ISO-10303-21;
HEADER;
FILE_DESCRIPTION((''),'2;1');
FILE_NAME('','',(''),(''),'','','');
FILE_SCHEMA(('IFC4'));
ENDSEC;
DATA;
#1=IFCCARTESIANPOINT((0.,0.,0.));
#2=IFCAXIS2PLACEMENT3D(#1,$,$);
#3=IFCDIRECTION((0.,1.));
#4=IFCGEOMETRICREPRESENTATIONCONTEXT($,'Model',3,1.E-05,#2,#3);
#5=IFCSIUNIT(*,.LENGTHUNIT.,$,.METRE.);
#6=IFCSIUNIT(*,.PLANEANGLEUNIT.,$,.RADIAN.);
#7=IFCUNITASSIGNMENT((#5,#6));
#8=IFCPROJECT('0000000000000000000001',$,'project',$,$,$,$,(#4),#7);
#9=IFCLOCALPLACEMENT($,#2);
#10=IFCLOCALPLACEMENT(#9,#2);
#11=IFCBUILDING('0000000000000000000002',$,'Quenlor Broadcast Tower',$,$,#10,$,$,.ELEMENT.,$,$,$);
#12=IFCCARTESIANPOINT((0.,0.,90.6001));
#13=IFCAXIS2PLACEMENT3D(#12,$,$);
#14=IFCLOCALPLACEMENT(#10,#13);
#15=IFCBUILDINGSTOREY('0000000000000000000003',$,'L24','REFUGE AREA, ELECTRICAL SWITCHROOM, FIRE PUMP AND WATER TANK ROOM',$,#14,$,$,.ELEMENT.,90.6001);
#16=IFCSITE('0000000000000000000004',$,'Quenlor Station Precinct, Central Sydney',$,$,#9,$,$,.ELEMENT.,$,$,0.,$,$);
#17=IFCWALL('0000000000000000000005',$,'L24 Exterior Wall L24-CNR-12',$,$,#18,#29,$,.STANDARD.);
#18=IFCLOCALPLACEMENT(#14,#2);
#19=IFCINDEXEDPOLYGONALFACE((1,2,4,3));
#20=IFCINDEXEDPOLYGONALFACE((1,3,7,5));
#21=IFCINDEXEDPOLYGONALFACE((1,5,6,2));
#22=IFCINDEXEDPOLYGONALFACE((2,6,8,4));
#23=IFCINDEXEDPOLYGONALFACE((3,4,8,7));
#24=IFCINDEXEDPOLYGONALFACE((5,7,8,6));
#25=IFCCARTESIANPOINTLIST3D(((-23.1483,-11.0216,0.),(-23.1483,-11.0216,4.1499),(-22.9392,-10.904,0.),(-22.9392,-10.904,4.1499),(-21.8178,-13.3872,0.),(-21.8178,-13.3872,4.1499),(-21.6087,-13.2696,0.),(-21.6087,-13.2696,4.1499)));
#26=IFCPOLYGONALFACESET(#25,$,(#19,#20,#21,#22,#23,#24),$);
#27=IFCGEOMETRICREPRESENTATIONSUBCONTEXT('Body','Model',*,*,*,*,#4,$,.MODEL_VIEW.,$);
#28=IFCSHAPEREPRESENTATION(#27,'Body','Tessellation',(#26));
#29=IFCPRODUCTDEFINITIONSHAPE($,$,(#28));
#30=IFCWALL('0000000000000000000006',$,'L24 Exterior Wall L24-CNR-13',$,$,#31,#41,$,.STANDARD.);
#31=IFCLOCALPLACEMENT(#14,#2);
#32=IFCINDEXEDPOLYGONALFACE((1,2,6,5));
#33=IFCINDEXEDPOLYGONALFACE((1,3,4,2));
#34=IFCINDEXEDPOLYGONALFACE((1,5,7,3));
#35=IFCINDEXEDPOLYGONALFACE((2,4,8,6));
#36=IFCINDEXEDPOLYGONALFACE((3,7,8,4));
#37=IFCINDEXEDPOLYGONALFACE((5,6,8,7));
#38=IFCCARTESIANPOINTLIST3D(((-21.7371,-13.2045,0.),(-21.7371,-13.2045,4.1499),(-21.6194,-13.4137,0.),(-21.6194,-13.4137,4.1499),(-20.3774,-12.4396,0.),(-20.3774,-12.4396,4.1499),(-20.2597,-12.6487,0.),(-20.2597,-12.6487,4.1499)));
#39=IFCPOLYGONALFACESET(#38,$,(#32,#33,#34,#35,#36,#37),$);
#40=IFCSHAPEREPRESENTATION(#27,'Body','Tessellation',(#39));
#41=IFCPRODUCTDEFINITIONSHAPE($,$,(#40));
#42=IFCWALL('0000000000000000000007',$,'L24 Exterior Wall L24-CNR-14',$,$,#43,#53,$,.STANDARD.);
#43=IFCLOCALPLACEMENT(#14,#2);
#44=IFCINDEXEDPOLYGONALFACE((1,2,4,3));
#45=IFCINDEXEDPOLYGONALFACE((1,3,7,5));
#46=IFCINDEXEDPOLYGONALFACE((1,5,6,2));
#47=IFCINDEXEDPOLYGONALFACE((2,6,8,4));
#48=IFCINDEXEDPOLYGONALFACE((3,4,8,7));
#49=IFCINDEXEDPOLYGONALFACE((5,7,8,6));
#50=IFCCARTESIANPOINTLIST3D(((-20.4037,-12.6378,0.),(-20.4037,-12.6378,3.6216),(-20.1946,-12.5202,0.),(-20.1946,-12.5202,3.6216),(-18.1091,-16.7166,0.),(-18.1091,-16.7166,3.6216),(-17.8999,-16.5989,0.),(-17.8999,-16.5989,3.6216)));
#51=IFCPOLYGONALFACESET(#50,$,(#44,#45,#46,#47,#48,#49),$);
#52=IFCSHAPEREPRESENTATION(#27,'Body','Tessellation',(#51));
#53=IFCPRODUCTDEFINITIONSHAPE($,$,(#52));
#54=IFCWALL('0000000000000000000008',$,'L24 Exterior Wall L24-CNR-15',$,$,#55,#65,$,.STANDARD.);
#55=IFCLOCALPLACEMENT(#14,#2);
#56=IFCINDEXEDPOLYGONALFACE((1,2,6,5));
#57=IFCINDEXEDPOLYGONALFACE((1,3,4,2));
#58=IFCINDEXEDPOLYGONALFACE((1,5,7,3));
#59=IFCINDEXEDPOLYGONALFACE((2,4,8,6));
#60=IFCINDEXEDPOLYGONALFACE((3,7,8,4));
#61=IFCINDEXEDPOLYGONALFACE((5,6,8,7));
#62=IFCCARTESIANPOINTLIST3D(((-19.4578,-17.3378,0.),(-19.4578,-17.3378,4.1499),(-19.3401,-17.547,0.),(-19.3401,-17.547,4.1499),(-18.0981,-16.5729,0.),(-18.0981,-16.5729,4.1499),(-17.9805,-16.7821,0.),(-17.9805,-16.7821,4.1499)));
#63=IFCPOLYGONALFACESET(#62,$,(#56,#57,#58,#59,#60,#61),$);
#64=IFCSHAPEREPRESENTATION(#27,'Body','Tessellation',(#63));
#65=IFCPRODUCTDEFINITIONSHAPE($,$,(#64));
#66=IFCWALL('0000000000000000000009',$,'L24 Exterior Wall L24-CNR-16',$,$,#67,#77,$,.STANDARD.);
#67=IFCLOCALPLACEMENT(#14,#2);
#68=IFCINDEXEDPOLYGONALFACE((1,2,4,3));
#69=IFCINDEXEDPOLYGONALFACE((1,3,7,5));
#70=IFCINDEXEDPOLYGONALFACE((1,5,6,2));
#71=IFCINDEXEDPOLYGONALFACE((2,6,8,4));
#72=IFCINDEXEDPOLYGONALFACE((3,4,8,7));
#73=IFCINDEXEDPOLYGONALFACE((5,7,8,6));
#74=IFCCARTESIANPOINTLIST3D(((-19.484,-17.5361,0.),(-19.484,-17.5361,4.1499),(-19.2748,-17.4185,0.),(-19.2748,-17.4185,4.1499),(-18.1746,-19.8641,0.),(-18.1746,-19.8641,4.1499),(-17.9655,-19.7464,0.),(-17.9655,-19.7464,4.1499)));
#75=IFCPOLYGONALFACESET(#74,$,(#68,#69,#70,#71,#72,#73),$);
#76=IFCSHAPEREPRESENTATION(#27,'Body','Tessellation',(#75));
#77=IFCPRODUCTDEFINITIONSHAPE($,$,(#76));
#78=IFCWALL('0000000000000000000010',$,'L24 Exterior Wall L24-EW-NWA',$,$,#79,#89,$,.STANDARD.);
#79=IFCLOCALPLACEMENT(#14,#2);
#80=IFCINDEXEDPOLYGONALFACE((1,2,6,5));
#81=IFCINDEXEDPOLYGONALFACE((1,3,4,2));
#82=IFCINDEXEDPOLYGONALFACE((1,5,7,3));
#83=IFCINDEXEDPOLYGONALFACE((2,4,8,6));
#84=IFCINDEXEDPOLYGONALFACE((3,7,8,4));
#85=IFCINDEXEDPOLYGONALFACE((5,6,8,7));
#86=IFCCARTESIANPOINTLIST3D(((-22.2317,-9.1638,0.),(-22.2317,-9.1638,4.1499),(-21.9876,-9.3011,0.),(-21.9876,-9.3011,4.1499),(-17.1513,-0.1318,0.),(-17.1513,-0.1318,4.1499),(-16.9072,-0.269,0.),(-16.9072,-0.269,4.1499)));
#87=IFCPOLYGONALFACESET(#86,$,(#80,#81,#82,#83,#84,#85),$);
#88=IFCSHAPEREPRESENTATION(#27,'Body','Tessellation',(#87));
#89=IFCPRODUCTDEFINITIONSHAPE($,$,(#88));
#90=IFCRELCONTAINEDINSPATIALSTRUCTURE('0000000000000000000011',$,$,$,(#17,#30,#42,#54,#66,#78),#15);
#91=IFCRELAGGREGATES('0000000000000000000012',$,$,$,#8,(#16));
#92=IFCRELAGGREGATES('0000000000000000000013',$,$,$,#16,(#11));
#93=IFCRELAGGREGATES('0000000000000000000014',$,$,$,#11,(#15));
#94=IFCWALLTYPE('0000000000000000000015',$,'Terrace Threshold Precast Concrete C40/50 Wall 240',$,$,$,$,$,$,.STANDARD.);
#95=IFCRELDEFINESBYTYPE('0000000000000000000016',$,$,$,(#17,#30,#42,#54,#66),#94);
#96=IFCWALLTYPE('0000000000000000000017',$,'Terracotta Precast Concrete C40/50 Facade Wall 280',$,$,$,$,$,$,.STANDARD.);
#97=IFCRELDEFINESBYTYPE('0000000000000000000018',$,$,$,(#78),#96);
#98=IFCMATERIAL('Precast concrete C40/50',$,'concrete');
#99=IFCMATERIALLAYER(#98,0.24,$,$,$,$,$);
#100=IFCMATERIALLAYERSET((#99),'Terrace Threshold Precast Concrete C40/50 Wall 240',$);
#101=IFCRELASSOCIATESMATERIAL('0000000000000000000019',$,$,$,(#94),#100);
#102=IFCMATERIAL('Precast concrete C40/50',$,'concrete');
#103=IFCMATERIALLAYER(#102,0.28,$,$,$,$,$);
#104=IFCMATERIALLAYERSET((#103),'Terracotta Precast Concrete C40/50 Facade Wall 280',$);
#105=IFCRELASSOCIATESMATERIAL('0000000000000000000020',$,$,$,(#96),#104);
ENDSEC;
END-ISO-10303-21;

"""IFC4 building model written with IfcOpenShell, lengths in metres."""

from ifc_helpers import new_model, si_unit, direction, frame, frame_2d, origin, place, context, subcontext, project, spatial, rectangle, extrude, material, layer, layer_set, type_object, element, save


model = new_model("IFC4")

# Units and contexts
model_context = context("Model", 3, precision=1e-05, world=origin(), true_north=direction((0.0, 1.0)))
body_context = subcontext(model_context, "Body", "Model", "MODEL_VIEW")
ifc_project = project(units=[si_unit("LENGTHUNIT", "METRE"), si_unit("PLANEANGLEUNIT", "RADIAN")], contexts=[model_context])

# Site, building, storey
site_placement = place(None, origin())
site = spatial("IfcSite", under=ifc_project, at=site_placement, Name="Quenlor Station Precinct, Central Sydney", CompositionType="ELEMENT", RefElevation=0.0)
building_placement = place(site_placement, origin())
building = spatial("IfcBuilding", under=site, at=building_placement, Name="Quenlor Broadcast Tower", CompositionType="ELEMENT")
storey_placement = place(building_placement, frame((0.0, 0.0, 90.6001)))
storey = spatial("IfcBuildingStorey", under=building, at=storey_placement, Name="L24", Description="REFUGE AREA, ELECTRICAL SWITCHROOM, FIRE PUMP AND WATER TANK ROOM", CompositionType="ELEMENT", Elevation=90.6001)

# Walls
ifc_material_1 = material(Name="Precast concrete C40/50", Category="concrete")
ifc_layer_1 = layer(ifc_material_1, 0.24)
ifc_layer_set_1 = layer_set([ifc_layer_1], Name="Terrace Threshold Precast Concrete C40/50 Wall 240")
wall_type_1 = type_object("IfcWallType", Name="Terrace Threshold Precast Concrete C40/50 Wall 240", PredefinedType="STANDARD", material=ifc_layer_set_1)
wall_1_placement = place(storey_placement, frame((-23.0437, -10.9629, 0.0), z_axis=(0.0, 0.0, 1.0), x_axis=(0.490219, -0.8716, 0.0)))
element("IfcWall", 1, at=wall_1_placement, inside=storey, type_object=wall_type_1, Name="L24 Exterior Wall L24-CNR-12", PredefinedType="STANDARD", context=body_context, shape_type="SweptSolid", body=[
    extrude(rectangle(XDim=2.7141, YDim=0.24, at=frame_2d((1.3569, 0.0))), origin(), (0.0, 0.0, 1.0), 4.1499),
])
wall_2_placement = place(storey_placement, frame((-21.6782, -13.3091, 0.0), z_axis=(0.0, 0.0, 1.0), x_axis=(0.871546, 0.490313, 0.0)))
element("IfcWall", 2, at=wall_2_placement, inside=storey, type_object=wall_type_1, Name="L24 Exterior Wall L24-CNR-13", PredefinedType="STANDARD", context=body_context, shape_type="SweptSolid", body=[
    extrude(rectangle(XDim=1.5601, YDim=0.24, at=frame_2d((0.78, 0.0))), origin(), (0.0, 0.0, 1.0), 4.1499),
])
wall_3_placement = place(storey_placement, frame((-20.2991, -12.5791, 0.0), z_axis=(0.0, 0.0, 1.0), x_axis=(0.490313, -0.871546, 0.0)))
element("IfcWall", 3, at=wall_3_placement, inside=storey, type_object=wall_type_1, Name="L24 Exterior Wall L24-CNR-14", PredefinedType="STANDARD", context=body_context, shape_type="SweptSolid", body=[
    extrude(rectangle(XDim=4.6799, YDim=0.24, at=frame_2d((2.3398, 0.0))), origin(), (0.0, 0.0, 1.0), 3.6216),
])
wall_4_placement = place(storey_placement, frame((-18.0393, -16.6775, 0.0), z_axis=(0.0, 0.0, 1.0), x_axis=(-0.871546, -0.490313, 0.0)))
element("IfcWall", 4, at=wall_4_placement, inside=storey, type_object=wall_type_1, Name="L24 Exterior Wall L24-CNR-15", PredefinedType="STANDARD", context=body_context, shape_type="SweptSolid", body=[
    extrude(rectangle(XDim=1.5601, YDim=0.24, at=frame_2d((0.78, 0.0))), origin(), (0.0, 0.0, 1.0), 4.1499),
])
wall_5_placement = place(storey_placement, frame((-19.3794, -17.4773, 0.0), z_axis=(0.0, 0.0, 1.0), x_axis=(0.490231, -0.871593, 0.0)))
element("IfcWall", 5, at=wall_5_placement, inside=storey, type_object=wall_type_1, Name="L24 Exterior Wall L24-CNR-16", PredefinedType="STANDARD", context=body_context, shape_type="SweptSolid", body=[
    extrude(rectangle(XDim=2.6709, YDim=0.24, at=frame_2d((1.3354, 0.0))), origin(), (0.0, 0.0, 1.0), 4.1499),
])
ifc_material_2 = material(Name="Precast concrete C40/50", Category="concrete")
ifc_layer_2 = layer(ifc_material_2, 0.28)
ifc_layer_set_2 = layer_set([ifc_layer_2], Name="Terracotta Precast Concrete C40/50 Facade Wall 280")
wall_type_2 = type_object("IfcWallType", Name="Terracotta Precast Concrete C40/50 Facade Wall 280", PredefinedType="STANDARD", material=ifc_layer_set_2)
wall_6_placement = place(storey_placement, frame((-22.1096, -9.2324, 0.0), z_axis=(0.0, 0.0, 1.0), x_axis=(0.490249, 0.871582, 0.0)))
element("IfcWall", 6, at=wall_6_placement, inside=storey, type_object=wall_type_2, Name="L24 Exterior Wall L24-EW-NWA", PredefinedType="STANDARD", context=body_context, shape_type="SweptSolid", body=[
    extrude(rectangle(XDim=10.3628, YDim=0.28, at=frame_2d((5.1814, 0.0))), origin(), (0.0, 0.0, 1.0), 4.1499),
])

save(model, "model.ifc")
